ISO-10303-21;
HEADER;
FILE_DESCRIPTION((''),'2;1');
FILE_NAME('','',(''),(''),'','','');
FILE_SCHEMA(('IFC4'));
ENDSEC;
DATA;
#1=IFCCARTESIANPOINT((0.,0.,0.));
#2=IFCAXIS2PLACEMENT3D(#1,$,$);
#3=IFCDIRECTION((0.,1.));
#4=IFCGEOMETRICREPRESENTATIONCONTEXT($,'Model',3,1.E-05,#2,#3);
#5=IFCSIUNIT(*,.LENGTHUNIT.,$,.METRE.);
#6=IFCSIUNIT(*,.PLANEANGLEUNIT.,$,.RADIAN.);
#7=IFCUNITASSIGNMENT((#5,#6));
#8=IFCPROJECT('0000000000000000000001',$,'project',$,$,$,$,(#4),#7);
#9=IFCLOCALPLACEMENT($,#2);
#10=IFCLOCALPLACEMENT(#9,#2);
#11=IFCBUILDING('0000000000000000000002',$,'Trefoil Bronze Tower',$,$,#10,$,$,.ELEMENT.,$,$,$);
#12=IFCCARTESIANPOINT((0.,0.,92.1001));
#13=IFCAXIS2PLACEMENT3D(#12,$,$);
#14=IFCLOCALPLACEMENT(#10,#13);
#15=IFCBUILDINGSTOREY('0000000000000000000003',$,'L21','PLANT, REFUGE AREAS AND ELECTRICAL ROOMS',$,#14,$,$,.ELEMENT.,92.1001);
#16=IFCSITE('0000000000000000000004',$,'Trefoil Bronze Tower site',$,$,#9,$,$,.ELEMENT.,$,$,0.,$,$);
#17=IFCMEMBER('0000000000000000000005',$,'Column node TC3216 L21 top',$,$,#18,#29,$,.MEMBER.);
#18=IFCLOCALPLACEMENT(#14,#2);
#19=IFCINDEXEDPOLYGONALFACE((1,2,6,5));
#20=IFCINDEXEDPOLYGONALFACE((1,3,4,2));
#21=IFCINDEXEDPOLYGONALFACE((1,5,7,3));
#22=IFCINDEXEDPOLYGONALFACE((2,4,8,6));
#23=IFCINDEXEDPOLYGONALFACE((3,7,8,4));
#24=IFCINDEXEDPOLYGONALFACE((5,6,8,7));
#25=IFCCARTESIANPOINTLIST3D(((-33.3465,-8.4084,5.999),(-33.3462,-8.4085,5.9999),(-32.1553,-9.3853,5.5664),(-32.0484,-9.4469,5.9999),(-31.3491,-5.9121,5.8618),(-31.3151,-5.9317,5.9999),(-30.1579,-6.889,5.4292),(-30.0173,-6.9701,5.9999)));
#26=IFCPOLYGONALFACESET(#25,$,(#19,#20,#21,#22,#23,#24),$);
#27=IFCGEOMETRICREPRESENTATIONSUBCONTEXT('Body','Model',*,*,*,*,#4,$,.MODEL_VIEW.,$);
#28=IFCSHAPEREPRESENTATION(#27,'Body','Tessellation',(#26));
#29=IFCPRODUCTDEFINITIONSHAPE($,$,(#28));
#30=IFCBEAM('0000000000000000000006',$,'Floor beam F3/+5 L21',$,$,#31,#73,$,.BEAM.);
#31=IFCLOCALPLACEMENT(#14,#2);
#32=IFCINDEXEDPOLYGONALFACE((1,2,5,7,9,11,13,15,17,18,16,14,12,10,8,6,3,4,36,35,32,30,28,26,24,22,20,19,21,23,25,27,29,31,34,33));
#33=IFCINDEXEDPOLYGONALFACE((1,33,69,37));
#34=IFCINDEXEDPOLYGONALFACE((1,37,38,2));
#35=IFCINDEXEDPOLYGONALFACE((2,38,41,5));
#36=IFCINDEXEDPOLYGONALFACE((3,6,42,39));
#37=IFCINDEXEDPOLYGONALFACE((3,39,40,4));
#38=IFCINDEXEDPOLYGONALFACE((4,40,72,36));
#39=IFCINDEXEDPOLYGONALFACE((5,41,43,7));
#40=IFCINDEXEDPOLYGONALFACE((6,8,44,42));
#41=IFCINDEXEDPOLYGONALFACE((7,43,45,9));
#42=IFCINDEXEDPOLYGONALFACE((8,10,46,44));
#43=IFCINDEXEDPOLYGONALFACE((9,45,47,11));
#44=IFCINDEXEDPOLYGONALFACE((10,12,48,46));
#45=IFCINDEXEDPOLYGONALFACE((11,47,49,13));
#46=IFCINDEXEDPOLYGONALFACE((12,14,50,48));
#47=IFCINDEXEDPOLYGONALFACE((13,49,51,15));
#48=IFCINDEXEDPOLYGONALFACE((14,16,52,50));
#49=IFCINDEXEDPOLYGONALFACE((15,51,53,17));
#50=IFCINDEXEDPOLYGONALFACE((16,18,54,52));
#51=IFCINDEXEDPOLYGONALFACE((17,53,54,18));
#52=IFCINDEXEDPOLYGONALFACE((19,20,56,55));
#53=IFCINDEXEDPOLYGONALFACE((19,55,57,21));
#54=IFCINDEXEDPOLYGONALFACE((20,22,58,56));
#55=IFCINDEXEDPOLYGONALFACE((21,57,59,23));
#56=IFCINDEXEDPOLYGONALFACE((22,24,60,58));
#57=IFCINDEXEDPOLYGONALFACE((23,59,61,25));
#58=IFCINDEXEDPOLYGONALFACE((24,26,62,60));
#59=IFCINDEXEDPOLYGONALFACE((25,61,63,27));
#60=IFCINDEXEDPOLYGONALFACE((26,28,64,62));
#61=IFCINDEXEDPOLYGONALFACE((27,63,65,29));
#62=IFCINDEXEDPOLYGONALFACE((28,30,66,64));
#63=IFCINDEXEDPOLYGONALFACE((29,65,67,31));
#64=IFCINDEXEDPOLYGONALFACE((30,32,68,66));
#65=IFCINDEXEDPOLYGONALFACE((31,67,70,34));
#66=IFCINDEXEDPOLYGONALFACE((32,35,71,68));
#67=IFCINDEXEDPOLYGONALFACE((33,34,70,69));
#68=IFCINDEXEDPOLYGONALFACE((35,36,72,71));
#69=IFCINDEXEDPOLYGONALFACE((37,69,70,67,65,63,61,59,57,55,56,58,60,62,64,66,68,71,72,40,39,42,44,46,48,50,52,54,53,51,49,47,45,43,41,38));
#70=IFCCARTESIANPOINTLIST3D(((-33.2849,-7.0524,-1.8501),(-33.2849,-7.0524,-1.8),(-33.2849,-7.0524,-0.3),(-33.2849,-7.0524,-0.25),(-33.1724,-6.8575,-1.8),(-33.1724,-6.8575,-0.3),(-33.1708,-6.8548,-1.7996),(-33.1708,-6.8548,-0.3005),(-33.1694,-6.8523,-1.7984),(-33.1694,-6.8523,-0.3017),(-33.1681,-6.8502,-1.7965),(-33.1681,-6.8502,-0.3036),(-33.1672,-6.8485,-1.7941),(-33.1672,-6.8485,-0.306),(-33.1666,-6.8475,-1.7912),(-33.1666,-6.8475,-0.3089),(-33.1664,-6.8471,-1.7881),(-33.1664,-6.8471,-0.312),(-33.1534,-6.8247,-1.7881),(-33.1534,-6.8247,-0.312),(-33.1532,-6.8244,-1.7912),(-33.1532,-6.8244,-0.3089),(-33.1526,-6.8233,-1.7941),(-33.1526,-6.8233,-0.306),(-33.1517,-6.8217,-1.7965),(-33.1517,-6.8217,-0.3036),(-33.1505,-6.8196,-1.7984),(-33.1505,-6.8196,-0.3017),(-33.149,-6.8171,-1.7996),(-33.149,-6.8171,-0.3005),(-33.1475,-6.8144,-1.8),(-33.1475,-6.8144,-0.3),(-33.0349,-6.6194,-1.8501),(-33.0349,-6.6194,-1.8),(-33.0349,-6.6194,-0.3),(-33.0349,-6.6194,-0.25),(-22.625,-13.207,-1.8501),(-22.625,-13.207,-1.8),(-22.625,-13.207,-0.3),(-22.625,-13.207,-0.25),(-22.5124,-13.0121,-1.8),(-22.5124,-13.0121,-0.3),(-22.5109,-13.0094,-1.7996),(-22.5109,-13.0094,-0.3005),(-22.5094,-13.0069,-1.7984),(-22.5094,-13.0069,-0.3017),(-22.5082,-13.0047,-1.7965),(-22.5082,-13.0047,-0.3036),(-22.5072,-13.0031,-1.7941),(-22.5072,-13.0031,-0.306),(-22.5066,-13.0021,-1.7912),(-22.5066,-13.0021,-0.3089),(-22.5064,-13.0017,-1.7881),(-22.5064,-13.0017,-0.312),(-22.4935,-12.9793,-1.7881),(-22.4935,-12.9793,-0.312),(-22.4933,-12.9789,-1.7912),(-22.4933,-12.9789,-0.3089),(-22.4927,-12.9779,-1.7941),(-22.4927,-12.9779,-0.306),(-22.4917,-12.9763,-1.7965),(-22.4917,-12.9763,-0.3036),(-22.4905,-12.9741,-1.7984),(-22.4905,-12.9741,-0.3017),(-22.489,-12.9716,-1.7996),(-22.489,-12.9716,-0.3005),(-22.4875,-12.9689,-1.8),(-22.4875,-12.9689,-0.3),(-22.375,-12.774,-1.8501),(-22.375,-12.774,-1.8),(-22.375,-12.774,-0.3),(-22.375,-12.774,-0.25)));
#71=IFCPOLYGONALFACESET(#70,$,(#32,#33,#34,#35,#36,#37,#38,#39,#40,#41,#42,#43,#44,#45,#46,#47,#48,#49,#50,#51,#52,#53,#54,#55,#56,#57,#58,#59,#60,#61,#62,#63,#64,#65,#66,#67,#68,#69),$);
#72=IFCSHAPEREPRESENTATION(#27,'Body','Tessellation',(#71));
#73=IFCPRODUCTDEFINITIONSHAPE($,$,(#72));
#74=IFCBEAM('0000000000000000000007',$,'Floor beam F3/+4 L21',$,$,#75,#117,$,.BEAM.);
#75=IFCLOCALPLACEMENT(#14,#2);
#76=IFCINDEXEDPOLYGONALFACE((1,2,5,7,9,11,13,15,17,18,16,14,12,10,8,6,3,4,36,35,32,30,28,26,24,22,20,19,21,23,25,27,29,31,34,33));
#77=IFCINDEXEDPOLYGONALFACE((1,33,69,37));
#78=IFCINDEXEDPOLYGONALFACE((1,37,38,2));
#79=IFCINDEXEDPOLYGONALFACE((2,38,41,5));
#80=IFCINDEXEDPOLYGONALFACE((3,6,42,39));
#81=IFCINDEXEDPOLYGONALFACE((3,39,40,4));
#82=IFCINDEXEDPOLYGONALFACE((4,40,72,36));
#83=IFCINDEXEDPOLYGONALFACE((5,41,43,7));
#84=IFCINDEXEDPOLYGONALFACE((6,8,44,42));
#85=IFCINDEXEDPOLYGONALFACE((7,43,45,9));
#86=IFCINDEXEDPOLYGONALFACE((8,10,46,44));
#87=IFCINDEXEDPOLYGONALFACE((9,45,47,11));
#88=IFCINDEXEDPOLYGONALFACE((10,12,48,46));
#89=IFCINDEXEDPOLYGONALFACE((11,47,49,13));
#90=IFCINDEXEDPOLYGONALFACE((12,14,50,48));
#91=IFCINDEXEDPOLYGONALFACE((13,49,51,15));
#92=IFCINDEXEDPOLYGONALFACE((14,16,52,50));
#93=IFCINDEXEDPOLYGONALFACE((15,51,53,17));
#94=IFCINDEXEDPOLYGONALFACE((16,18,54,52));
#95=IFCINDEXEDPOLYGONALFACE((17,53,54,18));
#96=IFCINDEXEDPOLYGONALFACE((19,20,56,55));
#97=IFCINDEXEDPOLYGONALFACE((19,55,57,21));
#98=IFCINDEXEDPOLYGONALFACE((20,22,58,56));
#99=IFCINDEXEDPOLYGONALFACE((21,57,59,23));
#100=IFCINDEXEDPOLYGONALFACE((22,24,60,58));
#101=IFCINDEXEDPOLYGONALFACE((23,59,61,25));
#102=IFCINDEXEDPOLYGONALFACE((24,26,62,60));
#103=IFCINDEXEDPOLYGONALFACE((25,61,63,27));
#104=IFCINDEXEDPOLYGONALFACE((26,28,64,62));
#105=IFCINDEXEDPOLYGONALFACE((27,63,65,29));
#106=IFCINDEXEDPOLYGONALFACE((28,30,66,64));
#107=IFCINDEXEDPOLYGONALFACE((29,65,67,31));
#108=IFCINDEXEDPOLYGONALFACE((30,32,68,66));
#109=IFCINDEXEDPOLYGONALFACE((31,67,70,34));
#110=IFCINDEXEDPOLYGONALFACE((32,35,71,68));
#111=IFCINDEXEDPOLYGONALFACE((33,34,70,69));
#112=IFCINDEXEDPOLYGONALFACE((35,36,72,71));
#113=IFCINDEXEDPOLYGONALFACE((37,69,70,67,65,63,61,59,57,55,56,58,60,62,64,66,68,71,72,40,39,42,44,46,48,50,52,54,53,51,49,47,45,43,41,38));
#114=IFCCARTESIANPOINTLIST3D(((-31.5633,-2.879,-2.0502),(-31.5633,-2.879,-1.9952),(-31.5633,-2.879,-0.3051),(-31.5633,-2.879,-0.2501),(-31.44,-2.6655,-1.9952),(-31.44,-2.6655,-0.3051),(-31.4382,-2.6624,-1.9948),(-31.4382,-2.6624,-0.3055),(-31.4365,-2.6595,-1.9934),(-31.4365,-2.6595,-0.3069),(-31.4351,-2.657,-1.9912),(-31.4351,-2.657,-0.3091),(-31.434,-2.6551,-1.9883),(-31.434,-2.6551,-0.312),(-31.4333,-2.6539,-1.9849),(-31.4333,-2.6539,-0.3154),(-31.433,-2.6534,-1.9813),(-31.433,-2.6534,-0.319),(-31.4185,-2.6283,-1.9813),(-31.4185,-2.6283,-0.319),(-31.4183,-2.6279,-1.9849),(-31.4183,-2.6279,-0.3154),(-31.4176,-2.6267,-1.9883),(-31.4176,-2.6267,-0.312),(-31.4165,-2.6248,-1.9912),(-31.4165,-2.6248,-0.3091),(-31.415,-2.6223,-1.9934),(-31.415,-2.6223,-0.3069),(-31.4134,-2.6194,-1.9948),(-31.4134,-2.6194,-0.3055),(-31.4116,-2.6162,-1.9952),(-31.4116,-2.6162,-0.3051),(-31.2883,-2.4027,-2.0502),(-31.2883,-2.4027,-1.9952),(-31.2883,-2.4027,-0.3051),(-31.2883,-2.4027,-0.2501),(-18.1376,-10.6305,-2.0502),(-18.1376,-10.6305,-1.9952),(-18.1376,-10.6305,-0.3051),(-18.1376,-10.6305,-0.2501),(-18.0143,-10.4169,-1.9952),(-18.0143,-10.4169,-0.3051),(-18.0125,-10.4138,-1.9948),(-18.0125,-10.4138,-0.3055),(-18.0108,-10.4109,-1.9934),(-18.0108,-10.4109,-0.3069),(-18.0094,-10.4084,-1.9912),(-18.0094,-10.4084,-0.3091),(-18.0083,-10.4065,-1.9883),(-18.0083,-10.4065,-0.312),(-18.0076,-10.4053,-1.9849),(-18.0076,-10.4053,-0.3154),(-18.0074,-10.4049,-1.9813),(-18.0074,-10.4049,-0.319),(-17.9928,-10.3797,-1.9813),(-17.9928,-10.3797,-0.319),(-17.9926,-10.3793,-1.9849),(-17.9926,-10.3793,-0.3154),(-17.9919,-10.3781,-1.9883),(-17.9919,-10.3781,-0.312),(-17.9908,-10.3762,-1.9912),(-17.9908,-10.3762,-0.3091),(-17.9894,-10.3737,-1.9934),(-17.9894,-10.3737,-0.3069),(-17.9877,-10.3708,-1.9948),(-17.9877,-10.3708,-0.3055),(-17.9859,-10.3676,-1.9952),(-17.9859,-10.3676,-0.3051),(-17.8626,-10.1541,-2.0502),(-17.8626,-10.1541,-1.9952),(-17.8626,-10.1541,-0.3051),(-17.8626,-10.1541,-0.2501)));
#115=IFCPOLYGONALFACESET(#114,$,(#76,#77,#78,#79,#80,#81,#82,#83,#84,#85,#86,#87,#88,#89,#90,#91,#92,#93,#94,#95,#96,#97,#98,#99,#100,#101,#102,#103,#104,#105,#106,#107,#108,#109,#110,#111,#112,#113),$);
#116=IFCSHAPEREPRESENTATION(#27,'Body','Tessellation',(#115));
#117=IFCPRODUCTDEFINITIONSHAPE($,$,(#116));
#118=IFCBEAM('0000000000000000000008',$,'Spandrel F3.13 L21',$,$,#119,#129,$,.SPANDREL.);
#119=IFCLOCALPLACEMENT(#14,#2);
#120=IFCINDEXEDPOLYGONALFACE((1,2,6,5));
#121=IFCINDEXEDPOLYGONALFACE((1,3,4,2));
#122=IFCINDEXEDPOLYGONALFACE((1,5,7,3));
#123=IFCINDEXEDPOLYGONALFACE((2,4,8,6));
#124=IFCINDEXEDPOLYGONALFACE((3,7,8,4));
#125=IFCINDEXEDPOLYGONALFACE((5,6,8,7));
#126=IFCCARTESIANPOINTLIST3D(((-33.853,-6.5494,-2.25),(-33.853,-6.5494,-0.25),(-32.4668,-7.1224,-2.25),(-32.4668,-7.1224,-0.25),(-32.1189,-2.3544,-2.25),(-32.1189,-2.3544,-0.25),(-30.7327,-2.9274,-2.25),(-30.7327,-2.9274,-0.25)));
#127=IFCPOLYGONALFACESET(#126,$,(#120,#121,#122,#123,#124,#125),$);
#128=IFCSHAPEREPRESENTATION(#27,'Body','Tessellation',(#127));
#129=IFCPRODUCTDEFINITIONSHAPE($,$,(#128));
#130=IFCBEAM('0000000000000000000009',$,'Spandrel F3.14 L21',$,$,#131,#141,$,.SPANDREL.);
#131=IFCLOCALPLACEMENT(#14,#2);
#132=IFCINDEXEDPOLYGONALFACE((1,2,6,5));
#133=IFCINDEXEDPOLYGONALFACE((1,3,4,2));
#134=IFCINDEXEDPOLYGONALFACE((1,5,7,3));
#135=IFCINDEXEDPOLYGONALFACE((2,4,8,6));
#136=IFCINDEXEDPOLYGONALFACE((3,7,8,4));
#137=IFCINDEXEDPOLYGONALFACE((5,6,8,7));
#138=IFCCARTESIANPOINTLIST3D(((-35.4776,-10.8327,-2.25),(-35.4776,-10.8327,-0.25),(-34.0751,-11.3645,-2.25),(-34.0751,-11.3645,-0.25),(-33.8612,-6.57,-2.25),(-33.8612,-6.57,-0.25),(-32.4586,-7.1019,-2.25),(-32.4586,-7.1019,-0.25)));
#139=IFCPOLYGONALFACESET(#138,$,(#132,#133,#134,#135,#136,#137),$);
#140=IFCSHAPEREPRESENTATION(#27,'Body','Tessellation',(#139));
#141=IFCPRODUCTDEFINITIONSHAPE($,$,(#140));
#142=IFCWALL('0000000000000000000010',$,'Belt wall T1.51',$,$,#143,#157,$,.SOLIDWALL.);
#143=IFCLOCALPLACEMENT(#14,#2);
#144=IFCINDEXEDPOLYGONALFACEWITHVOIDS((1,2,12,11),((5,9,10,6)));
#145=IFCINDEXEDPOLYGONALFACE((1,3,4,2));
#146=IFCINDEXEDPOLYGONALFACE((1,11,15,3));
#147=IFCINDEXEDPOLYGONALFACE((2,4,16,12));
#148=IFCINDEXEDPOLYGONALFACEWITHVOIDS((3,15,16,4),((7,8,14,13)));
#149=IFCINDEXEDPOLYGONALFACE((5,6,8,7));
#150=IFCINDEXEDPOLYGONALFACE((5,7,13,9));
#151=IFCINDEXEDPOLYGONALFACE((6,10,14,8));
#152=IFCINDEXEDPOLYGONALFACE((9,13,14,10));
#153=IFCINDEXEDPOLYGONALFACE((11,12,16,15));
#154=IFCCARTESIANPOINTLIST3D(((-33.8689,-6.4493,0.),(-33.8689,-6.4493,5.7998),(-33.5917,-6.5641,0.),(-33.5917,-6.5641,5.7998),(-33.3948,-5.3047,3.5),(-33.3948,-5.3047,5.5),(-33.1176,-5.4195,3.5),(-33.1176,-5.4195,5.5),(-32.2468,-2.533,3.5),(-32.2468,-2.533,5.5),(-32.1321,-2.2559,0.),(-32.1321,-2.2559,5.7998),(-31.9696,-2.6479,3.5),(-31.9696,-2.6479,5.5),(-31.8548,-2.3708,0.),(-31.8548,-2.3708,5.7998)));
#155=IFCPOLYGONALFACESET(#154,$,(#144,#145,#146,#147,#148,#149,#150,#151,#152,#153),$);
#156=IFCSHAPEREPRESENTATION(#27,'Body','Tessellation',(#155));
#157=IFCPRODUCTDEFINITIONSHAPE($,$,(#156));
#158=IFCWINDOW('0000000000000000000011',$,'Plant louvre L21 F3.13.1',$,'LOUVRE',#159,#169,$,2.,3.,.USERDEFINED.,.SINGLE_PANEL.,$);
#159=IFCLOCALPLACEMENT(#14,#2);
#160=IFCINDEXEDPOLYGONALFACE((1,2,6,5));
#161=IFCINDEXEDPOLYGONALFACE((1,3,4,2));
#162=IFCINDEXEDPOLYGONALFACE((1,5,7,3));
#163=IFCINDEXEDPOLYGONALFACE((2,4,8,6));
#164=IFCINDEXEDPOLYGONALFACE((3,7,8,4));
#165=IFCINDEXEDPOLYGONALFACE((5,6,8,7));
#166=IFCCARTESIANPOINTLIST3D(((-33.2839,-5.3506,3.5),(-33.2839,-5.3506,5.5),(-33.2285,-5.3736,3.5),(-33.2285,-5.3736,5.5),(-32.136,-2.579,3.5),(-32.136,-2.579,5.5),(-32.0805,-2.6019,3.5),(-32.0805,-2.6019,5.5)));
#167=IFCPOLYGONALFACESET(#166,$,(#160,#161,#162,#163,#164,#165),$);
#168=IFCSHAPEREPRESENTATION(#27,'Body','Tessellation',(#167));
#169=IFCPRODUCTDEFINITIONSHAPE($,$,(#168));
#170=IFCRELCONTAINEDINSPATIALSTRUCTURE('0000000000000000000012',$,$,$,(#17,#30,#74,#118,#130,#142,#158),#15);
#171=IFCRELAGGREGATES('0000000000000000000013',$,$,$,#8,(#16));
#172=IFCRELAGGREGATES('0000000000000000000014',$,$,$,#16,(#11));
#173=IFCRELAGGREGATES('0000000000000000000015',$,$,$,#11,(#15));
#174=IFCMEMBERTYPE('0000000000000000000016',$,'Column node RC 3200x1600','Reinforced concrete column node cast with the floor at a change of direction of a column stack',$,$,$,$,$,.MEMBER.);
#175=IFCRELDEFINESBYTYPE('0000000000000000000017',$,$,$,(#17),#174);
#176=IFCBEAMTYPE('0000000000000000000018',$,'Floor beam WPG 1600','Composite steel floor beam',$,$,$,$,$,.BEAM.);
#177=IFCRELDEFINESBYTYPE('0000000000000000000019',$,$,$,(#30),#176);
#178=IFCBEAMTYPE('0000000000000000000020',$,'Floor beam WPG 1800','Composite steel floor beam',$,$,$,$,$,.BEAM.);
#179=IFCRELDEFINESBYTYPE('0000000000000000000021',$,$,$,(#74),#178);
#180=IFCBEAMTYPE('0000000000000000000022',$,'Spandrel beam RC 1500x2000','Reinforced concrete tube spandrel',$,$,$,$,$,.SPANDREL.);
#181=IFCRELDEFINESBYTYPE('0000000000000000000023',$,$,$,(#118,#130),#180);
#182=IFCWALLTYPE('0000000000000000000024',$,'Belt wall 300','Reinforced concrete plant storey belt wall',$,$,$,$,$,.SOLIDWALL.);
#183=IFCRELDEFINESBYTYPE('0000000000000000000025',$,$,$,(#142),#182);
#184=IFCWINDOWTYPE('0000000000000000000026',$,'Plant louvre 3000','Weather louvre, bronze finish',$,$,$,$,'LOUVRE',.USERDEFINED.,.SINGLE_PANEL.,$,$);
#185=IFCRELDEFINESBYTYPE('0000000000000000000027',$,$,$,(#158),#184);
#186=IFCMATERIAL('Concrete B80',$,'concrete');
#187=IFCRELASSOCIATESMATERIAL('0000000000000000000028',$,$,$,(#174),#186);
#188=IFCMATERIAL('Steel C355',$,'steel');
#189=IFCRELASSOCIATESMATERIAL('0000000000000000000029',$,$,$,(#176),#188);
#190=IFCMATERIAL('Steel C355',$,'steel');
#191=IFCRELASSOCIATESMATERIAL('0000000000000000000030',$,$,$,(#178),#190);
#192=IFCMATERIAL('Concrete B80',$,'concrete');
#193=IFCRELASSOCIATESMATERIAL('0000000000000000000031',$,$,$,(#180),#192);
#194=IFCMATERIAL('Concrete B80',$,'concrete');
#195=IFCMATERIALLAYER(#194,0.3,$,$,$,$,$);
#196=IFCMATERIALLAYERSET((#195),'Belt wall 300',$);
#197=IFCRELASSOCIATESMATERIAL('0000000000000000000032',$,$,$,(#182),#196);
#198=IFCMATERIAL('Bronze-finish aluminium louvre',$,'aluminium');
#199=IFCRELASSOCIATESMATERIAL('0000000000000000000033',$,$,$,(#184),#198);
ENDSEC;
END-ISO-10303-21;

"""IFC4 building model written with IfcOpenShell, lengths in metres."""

from ifc_helpers import new_model, si_unit, direction, frame, frame_2d, origin, origin_2d, place, context, subcontext, project, spatial, rectangle, i_section, extrude, clip, halfspace, material, layer, layer_set, material_profile, profile_set, type_object, element, fill, save


model = new_model("IFC4")

# Units and contexts
model_context = context("Model", 3, precision=1e-05, world=origin(), true_north=direction((0.0, 1.0)))
body_context = subcontext(model_context, "Body", "Model", "MODEL_VIEW")
ifc_project = project(units=[si_unit("LENGTHUNIT", "METRE"), si_unit("PLANEANGLEUNIT", "RADIAN")], contexts=[model_context])

# Site, building, storey
site_placement = place(None, origin())
site = spatial("IfcSite", under=ifc_project, at=site_placement, Name="Trefoil Bronze Tower site", CompositionType="ELEMENT", RefElevation=0.0)
building_placement = place(site_placement, origin())
building = spatial("IfcBuilding", under=site, at=building_placement, Name="Trefoil Bronze Tower", CompositionType="ELEMENT")
storey_placement = place(building_placement, frame((0.0, 0.0, 92.1001)))
storey = spatial("IfcBuildingStorey", under=building, at=storey_placement, Name="L21", Description="PLANT, REFUGE AREAS AND ELECTRICAL ROOMS", CompositionType="ELEMENT", Elevation=92.1001)

# Member
ifc_material_1 = material(Name="Concrete B80", Category="concrete")
ifc_material_profile_1 = material_profile(ifc_material_1, rectangle(XDim=3.2, YDim=1.6001, at=origin_2d()), Name="RC 3200x1600")
ifc_profile_set_1 = profile_set([ifc_material_profile_1], Name="Concrete B80")
member_type_1 = type_object("IfcMemberType", Name="Column node RC 3200x1600", Description="Reinforced concrete column node cast with the floor at a change of direction of a column stack", PredefinedType="MEMBER", material=ifc_profile_set_1)
member_1_placement = place(storey_placement, frame((-31.6113, -7.73, 6.2856), z_axis=(-0.237063, 0.136815, -0.961812), x_axis=(0.624175, 0.780107, -0.042876)))
element("IfcMember", 1, at=member_1_placement, inside=storey, type_object=member_type_1, Name="Column node TC3216 L21 top", PredefinedType="MEMBER", context=body_context, shape_type="Clipping", body=[
    clip(extrude(rectangle(XDim=3.2, YDim=1.6001, at=origin_2d()), origin(), (0.0, 0.0, 1.0), 0.5942), halfspace(frame((0.0, 0.0, 0.2971), z_axis=(0.042876, 0.270331, 0.961812), x_axis=(0.0, 0.962697, -0.27058)), True)),
])

# Beams
ifc_material_2 = material(Name="Steel C355", Category="steel")
ifc_material_profile_2 = material_profile(ifc_material_2, i_section(OverallWidth=0.5, OverallDepth=1.6001, WebThickness=0.0259, FlangeThickness=0.05, FilletRadius=0.012, at=origin_2d()), Name="WPG 1600")
ifc_profile_set_2 = profile_set([ifc_material_profile_2], Name="Steel C355")
beam_type_1 = type_object("IfcBeamType", Name="Floor beam WPG 1600", Description="Composite steel floor beam", PredefinedType="BEAM", material=ifc_profile_set_2)
beam_1_placement = place(storey_placement, frame((-33.1599, -6.8359, -1.05), z_axis=(0.866024, -0.500002, 0.0), x_axis=(0.500002, 0.866024, 0.0)))
element("IfcBeam", 2, at=beam_1_placement, inside=storey, type_object=beam_type_1, Name="Floor beam F3/+5 L21", PredefinedType="BEAM", context=body_context, shape_type="SweptSolid", body=[
    extrude(i_section(OverallWidth=0.5, OverallDepth=1.6001, WebThickness=0.0259, FlangeThickness=0.05, FilletRadius=0.012, at=origin_2d()), origin(), (0.0, 0.0, 1.0), 12.3091),
])
ifc_material_3 = material(Name="Steel C355", Category="steel")
ifc_material_profile_3 = material_profile(ifc_material_3, i_section(OverallWidth=0.55, OverallDepth=1.8, WebThickness=0.0291, FlangeThickness=0.0549, FilletRadius=0.0139, at=origin_2d()), Name="WPG 1800")
ifc_profile_set_3 = profile_set([ifc_material_profile_3], Name="Steel C355")
beam_type_2 = type_object("IfcBeamType", Name="Floor beam WPG 1800", Description="Composite steel floor beam", PredefinedType="BEAM", material=ifc_profile_set_3)
beam_2_placement = place(storey_placement, frame((-31.4258, -2.6409, -1.1501), z_axis=(0.866023, -0.500004, 0.0), x_axis=(0.500004, 0.866023, 0.0)))
element("IfcBeam", 3, at=beam_2_placement, inside=storey, type_object=beam_type_2, Name="Floor beam F3/+4 L21", PredefinedType="BEAM", context=body_context, shape_type="SweptSolid", body=[
    extrude(i_section(OverallWidth=0.55, OverallDepth=1.8, WebThickness=0.0291, FlangeThickness=0.0549, FilletRadius=0.0139, at=origin_2d()), origin(), (0.0, 0.0, 1.0), 15.5027),
])
ifc_material_4 = material(Name="Concrete B80", Category="concrete")
ifc_material_profile_4 = material_profile(ifc_material_4, rectangle(XDim=1.5, YDim=2.0, at=origin_2d()), Name="RC 1500x2000")
ifc_profile_set_4 = profile_set([ifc_material_profile_4], Name="Concrete B80")
beam_type_3 = type_object("IfcBeamType", Name="Spandrel beam RC 1500x2000", Description="Reinforced concrete tube spandrel", PredefinedType="SPANDREL", material=ifc_profile_set_4)
beam_3_placement = place(storey_placement, frame((-31.4258, -2.6409, -1.25), z_axis=(-0.382021, -0.924154, 0.0), x_axis=(0.924154, -0.382021, 0.0)))
element("IfcBeam", 4, at=beam_3_placement, inside=storey, type_object=beam_type_3, Name="Spandrel F3.13 L21", PredefinedType="SPANDREL", context=body_context, shape_type="SweptSolid", body=[
    extrude(rectangle(XDim=1.5, YDim=2.0, at=origin_2d()), origin(), (0.0, 0.0, 1.0), 4.5393),
])
beam_4_placement = place(storey_placement, frame((-33.1599, -6.8359, -1.25), z_axis=(-0.354572, -0.935029, 0.0), x_axis=(0.935029, -0.354572, 0.0)))
element("IfcBeam", 5, at=beam_4_placement, inside=storey, type_object=beam_type_3, Name="Spandrel F3.14 L21", PredefinedType="SPANDREL", context=body_context, shape_type="SweptSolid", body=[
    extrude(rectangle(XDim=1.5, YDim=2.0, at=origin_2d()), origin(), (0.0, 0.0, 1.0), 4.5588),
])

# Wall, opening, window
ifc_material_5 = material(Name="Concrete B80", Category="concrete")
ifc_layer_1 = layer(ifc_material_5, 0.3)
ifc_layer_set_1 = layer_set([ifc_layer_1], Name="Belt wall 300")
wall_type = type_object("IfcWallType", Name="Belt wall 300", Description="Reinforced concrete plant storey belt wall", PredefinedType="SOLIDWALL", material=ifc_layer_set_1)
wall_1_placement = place(storey_placement, frame((-31.9934, -2.3132, 0.0), z_axis=(0.0, 0.0, 1.0), x_axis=(-0.382659, -0.92389, 0.0)))
wall_1 = element("IfcWall", 6, at=wall_1_placement, inside=storey, type_object=wall_type, Name="Belt wall T1.51", PredefinedType="SOLIDWALL", context=body_context, shape_type="SweptSolid", body=[
    extrude(rectangle(XDim=4.5388, YDim=0.3, at=frame_2d((2.2695, 0.0))), origin(), (0.0, 0.0, 1.0), 5.7998),
])
opening_1_placement = place(wall_1_placement, frame((0.3, 0.0, 3.5)))
opening_1 = element("IfcOpeningElement", 7, at=opening_1_placement, cuts=wall_1, PredefinedType="OPENING", context=body_context, shape_type="SweptSolid", body=[
    extrude(rectangle(XDim=3.0, YDim=2.0, at=frame_2d((1.5, 1.0))), frame((0.0, 0.1599, 0.0), z_axis=(0.0, -1.0, 0.0), x_axis=(1.0, 0.0, 0.0)), (0.0, 0.0, 1.0), 0.3201),
])
ifc_material_6 = material(Name="Bronze-finish aluminium louvre", Category="aluminium")
window_type = type_object("IfcWindowType", Name="Plant louvre 3000", Description="Weather louvre, bronze finish", ElementType="LOUVRE", PartitioningType="SINGLE_PANEL", PredefinedType="USERDEFINED", material=ifc_material_6)
window_1_placement = place(opening_1_placement, origin())
window_1 = element("IfcWindow", 8, at=window_1_placement, inside=storey, type_object=window_type, Name="Plant louvre L21 F3.13.1", ObjectType="LOUVRE", OverallHeight=2.0, OverallWidth=3.0, PartitioningType="SINGLE_PANEL", PredefinedType="USERDEFINED", context=body_context, shape_type="SweptSolid", body=[
    extrude(rectangle(XDim=3.0, YDim=2.0, at=frame_2d((1.5, 1.0))), frame((0.0, 0.03, 0.0), z_axis=(0.0, -1.0, 0.0), x_axis=(1.0, 0.0, 0.0)), (0.0, 0.0, 1.0), 0.0601),
])
fill(opening_1, window_1)

save(model, "model.ifc")
